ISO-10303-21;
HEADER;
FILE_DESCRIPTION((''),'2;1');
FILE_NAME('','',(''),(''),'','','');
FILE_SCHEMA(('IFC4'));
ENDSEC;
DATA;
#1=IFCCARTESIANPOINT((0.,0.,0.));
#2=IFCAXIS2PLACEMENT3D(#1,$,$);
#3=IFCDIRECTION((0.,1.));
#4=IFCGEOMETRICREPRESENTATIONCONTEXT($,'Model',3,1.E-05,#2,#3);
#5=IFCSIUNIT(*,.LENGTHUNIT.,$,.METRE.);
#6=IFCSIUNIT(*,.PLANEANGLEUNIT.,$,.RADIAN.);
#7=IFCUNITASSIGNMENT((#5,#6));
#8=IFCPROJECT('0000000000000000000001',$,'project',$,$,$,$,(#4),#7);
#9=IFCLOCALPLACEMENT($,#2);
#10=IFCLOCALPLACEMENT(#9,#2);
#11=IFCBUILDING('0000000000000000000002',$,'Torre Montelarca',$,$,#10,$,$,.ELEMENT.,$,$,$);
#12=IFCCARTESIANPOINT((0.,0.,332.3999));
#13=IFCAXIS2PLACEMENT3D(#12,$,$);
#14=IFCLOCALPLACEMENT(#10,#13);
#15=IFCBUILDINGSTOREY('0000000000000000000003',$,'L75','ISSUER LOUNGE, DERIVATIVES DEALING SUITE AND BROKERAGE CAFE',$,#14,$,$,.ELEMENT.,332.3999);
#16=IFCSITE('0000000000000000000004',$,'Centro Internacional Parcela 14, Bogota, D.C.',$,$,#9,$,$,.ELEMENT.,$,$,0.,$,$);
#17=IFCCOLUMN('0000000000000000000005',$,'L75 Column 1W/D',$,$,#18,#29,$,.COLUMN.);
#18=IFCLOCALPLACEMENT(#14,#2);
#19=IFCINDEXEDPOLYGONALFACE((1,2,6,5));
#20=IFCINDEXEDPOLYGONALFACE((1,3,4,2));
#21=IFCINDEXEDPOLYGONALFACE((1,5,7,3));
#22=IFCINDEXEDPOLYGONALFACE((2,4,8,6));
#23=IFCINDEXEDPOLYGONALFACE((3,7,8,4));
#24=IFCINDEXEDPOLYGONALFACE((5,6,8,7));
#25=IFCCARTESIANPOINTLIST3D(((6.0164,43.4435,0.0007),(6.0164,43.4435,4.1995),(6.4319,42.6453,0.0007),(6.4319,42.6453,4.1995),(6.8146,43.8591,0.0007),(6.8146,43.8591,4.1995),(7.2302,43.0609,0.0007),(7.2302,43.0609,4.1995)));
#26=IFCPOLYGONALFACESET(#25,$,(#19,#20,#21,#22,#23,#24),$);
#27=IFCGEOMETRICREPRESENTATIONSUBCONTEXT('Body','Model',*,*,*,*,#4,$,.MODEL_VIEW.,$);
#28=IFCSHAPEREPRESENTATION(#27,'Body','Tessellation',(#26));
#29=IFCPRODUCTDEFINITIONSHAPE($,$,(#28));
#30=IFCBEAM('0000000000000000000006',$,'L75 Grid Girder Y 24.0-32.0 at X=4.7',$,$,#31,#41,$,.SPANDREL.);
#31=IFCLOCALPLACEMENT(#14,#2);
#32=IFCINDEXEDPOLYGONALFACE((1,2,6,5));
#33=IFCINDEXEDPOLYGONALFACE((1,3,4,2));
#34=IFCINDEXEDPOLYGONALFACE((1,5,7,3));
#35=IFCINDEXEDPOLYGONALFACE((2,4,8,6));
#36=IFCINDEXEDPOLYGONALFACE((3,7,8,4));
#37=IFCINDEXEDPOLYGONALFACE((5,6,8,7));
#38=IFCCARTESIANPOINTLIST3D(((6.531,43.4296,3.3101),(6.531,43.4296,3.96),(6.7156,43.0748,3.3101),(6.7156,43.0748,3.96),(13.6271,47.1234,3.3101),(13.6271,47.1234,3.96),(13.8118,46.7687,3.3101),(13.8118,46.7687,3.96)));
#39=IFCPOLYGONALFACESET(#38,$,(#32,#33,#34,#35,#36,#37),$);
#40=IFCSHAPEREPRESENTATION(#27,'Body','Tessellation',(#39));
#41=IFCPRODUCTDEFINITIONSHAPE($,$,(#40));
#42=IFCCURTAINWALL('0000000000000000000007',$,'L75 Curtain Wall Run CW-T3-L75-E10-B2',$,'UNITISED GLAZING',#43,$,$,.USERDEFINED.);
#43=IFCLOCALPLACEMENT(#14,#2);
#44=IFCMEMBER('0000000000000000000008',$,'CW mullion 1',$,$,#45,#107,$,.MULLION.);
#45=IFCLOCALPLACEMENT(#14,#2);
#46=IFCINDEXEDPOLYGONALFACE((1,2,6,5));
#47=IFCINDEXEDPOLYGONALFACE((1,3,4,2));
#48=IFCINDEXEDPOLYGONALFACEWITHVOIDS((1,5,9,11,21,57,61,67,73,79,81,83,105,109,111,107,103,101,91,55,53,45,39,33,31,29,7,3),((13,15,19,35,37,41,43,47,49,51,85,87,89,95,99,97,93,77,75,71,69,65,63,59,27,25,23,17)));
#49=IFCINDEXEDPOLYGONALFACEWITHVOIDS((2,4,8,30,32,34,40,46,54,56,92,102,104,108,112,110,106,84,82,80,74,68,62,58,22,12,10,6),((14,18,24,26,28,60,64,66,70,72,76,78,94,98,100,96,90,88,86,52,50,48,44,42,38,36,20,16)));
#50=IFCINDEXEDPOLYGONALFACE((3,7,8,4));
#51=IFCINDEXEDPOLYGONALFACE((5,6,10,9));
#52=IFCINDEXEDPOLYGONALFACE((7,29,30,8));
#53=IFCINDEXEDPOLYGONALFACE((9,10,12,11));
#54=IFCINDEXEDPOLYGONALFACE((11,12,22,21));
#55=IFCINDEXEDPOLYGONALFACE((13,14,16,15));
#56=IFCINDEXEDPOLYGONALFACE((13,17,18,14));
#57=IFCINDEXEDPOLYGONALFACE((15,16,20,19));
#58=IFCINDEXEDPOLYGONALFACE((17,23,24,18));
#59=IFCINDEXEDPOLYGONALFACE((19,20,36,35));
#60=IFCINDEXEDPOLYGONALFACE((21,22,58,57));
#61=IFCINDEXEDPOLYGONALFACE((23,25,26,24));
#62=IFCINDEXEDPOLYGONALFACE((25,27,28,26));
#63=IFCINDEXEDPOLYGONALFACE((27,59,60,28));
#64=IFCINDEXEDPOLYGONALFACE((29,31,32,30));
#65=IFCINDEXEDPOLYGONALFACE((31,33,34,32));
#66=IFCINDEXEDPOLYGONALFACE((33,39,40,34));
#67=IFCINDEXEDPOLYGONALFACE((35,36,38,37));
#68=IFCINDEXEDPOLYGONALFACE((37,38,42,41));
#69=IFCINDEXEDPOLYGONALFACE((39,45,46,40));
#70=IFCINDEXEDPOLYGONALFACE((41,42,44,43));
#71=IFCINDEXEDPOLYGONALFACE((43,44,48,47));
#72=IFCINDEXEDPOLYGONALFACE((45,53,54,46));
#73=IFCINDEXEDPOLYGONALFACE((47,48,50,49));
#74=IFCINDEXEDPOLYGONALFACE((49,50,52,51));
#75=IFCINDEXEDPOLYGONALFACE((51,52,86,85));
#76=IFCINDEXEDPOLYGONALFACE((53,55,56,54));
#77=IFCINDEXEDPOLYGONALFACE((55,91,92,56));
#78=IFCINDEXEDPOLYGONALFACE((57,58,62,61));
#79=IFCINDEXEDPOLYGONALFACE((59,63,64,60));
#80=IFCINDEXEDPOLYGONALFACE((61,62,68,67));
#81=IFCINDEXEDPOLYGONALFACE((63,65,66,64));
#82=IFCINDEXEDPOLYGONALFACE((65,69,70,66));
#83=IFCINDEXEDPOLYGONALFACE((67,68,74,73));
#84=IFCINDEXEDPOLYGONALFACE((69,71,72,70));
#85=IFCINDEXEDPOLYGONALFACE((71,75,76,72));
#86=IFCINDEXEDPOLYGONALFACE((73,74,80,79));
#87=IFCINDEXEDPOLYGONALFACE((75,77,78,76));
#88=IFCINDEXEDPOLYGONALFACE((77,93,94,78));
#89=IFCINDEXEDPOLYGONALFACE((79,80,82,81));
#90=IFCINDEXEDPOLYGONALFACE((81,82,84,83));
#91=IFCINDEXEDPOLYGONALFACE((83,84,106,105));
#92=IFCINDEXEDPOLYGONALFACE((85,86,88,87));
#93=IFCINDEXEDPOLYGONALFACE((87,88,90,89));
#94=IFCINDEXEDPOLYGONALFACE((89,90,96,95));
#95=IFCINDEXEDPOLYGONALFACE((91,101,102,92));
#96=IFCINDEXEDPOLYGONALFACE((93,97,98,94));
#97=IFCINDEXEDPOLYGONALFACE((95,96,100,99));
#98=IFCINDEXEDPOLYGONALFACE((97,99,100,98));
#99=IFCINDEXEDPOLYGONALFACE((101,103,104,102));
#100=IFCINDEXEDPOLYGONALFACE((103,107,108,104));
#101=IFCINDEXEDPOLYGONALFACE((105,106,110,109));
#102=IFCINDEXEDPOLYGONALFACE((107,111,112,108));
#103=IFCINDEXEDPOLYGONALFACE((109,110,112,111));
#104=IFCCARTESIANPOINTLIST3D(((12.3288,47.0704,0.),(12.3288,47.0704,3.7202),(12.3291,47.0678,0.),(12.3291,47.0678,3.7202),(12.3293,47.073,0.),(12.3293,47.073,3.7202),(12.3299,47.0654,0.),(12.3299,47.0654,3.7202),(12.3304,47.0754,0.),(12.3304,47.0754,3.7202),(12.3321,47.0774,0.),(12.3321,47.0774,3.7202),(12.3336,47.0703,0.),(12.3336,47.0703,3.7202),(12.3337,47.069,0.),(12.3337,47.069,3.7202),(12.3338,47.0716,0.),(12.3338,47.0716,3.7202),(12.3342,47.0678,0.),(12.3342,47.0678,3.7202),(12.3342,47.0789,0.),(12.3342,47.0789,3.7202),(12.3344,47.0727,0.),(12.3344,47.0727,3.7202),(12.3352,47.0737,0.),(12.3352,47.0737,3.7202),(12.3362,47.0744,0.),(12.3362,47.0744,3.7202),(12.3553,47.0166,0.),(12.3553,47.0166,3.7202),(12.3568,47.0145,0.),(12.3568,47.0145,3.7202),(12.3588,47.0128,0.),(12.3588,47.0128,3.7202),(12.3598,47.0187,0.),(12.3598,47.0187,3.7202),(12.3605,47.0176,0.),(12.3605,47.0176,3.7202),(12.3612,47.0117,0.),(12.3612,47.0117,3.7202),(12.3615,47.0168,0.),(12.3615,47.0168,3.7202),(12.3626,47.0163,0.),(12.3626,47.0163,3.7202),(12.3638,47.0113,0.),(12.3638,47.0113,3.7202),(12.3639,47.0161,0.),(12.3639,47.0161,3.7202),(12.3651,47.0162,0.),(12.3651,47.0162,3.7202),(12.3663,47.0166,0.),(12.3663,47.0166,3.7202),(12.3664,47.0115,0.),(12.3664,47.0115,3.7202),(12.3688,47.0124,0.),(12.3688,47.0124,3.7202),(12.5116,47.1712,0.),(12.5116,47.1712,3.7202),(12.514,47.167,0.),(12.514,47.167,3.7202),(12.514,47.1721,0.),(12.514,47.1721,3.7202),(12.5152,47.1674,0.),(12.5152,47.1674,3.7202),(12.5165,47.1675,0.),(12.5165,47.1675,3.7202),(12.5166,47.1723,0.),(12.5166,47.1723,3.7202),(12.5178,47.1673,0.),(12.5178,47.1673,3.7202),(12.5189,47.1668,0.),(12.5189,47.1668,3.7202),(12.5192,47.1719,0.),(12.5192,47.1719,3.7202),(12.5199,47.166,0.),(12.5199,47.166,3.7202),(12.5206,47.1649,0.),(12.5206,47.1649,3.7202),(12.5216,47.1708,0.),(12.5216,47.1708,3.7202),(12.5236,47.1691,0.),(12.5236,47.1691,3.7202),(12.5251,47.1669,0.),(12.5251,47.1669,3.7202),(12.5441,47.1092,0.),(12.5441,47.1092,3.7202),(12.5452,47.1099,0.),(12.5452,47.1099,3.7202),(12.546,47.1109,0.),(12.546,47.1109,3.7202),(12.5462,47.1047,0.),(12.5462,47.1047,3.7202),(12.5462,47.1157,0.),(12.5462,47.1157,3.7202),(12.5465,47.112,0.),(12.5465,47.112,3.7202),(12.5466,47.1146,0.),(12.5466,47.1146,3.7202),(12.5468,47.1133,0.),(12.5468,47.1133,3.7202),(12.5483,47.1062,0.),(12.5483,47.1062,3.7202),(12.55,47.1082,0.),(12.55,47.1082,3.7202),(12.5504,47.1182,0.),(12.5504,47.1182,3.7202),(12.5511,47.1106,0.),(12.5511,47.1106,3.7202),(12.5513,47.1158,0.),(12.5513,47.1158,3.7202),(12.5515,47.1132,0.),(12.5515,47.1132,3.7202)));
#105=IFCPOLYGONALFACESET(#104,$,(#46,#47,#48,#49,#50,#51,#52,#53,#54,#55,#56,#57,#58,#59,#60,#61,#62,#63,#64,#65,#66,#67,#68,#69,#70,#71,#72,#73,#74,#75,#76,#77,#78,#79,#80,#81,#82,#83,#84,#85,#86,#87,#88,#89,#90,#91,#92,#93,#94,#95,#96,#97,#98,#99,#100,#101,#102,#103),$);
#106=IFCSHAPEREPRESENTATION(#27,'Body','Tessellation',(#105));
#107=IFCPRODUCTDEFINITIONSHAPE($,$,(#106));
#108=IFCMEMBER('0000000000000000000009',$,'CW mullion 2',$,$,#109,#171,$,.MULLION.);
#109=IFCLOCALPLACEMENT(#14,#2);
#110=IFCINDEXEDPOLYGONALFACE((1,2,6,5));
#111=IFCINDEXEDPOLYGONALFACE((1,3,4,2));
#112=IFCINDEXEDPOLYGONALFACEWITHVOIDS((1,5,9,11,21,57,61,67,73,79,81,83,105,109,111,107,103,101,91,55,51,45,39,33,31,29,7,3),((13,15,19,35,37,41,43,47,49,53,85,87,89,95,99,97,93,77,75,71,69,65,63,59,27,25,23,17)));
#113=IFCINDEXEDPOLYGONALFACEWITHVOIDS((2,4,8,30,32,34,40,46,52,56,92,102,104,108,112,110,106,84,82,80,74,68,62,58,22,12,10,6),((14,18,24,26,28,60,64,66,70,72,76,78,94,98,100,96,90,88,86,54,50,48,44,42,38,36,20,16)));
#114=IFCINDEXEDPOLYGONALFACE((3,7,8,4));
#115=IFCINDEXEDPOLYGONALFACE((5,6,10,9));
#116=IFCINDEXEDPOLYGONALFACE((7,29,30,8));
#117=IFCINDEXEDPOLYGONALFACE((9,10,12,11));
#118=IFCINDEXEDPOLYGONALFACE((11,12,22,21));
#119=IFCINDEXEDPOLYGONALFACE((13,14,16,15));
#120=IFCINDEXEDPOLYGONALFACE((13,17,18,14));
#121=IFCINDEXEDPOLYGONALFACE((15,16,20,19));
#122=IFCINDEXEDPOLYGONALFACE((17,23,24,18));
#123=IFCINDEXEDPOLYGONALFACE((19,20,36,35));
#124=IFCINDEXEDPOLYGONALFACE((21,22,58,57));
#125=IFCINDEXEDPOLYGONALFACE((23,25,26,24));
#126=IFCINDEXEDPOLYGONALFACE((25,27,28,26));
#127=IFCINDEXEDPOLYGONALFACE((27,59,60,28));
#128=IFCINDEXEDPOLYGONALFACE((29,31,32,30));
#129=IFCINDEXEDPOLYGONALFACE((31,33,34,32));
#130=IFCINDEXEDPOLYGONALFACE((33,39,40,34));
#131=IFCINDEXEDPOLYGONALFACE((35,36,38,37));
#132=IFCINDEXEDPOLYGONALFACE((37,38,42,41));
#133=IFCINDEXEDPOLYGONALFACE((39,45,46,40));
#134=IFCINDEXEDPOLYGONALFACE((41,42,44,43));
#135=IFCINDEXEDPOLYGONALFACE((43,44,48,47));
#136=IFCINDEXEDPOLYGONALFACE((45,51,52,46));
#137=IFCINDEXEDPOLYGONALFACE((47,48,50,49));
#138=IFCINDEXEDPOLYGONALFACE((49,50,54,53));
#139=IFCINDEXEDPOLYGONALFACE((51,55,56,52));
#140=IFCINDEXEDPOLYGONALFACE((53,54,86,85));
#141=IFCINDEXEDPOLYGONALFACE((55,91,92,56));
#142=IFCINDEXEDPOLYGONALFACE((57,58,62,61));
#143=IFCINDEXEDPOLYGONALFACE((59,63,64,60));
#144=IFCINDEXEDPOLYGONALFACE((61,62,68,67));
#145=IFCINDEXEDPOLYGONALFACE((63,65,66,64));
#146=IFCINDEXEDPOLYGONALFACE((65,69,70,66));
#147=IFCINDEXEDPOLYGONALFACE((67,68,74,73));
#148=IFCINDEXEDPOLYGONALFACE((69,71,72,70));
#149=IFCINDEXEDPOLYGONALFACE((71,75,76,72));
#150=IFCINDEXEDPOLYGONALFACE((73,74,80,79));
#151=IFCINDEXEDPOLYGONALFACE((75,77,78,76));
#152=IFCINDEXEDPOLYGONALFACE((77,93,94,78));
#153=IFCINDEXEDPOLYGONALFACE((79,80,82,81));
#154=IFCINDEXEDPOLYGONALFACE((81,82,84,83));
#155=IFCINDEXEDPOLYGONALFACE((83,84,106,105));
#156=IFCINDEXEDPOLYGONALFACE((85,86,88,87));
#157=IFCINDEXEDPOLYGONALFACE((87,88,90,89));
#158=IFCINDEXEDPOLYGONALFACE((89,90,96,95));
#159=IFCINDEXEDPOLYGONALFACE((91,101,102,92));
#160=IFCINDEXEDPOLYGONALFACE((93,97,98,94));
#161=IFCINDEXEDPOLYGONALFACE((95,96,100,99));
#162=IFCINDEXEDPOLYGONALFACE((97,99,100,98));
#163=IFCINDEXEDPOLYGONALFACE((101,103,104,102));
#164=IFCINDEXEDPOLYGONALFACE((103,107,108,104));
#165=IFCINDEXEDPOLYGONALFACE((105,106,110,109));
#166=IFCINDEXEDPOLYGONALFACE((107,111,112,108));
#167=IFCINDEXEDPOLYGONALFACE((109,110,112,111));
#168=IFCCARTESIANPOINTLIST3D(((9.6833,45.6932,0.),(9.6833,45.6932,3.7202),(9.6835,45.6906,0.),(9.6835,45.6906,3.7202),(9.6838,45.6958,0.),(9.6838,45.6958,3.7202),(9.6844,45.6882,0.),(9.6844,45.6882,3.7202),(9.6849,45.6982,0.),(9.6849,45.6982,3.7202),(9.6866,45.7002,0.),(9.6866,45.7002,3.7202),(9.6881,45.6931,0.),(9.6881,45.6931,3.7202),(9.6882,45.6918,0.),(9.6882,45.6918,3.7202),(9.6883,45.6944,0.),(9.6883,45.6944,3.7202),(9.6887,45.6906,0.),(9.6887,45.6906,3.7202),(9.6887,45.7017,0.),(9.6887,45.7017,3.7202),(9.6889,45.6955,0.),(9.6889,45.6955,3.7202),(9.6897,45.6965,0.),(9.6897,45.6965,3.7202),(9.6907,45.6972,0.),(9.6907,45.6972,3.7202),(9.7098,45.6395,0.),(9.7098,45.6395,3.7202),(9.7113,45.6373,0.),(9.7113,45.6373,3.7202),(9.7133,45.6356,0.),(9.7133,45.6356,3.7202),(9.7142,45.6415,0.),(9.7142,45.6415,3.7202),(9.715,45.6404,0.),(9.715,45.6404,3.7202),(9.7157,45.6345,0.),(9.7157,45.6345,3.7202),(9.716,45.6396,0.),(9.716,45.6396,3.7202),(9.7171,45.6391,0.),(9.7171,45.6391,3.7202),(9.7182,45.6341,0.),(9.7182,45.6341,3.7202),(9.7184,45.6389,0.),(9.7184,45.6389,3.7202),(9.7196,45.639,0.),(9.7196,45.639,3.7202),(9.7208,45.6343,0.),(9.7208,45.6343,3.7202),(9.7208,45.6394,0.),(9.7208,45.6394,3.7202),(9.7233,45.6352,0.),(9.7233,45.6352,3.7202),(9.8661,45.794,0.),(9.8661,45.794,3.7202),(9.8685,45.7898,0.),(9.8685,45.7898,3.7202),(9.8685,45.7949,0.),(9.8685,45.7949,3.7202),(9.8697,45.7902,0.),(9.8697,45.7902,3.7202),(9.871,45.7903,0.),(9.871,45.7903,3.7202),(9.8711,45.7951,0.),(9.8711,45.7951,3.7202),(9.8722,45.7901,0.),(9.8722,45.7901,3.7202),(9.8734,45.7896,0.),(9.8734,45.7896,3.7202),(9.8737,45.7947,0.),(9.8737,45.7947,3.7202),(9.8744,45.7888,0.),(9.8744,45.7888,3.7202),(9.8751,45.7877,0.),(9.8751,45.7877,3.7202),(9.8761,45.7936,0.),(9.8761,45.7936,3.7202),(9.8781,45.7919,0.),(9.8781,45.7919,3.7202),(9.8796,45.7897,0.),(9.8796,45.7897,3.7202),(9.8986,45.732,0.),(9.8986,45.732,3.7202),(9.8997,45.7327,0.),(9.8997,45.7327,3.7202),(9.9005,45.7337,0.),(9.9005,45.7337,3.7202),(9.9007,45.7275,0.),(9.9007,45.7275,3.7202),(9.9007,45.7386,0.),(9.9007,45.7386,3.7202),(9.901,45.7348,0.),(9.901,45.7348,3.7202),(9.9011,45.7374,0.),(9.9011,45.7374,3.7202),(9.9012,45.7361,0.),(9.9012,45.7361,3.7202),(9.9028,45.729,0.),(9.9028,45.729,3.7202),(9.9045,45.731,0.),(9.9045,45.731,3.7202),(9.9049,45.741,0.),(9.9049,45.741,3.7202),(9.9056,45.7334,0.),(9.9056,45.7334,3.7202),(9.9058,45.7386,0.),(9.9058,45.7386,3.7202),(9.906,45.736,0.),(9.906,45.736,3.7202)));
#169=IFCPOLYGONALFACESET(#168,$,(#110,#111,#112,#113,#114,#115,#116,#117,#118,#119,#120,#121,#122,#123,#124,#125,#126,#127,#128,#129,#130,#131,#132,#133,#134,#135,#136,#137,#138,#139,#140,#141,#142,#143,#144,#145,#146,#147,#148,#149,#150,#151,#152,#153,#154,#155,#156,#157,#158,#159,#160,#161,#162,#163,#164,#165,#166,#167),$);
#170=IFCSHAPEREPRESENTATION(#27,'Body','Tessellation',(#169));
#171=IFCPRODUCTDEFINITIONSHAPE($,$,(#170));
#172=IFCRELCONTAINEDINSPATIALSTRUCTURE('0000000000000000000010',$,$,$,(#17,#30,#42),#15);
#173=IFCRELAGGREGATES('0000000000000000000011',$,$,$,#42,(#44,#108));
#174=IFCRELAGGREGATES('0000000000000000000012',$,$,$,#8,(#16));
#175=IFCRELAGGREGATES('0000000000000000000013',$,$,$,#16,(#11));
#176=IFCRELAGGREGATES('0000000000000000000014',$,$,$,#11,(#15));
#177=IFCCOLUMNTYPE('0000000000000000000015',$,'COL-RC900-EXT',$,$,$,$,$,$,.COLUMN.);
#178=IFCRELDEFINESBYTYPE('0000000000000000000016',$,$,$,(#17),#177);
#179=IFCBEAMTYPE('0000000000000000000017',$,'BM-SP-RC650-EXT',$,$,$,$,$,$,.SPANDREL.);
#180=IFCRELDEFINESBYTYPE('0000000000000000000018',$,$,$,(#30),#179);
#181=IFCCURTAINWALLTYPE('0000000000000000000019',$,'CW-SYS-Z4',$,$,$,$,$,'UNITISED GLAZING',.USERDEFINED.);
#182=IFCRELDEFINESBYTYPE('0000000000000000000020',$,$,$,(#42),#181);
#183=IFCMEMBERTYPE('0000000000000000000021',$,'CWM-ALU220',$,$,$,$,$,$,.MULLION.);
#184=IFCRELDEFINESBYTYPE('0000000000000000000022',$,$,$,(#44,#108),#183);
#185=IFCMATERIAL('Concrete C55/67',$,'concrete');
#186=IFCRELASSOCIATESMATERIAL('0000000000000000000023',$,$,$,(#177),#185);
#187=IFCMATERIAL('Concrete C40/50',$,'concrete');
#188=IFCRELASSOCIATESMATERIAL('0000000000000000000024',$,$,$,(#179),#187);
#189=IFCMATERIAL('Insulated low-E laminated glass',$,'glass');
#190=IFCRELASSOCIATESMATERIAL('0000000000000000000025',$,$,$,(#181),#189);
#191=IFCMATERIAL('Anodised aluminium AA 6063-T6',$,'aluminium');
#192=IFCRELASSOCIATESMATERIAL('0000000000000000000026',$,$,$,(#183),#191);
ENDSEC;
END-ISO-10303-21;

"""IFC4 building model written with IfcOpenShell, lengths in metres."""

from ifc_helpers import new_model, si_unit, direction, frame, origin, origin_2d, place, context, subcontext, project, spatial, rectangle, hollow_rectangle, extrude, source, transform, mapped, material, material_profile, profile_set, type_object, element, aggregate, save


model = new_model("IFC4")

# Units and contexts
model_context = context("Model", 3, precision=1e-05, world=origin(), true_north=direction((0.0, 1.0)))
body_context = subcontext(model_context, "Body", "Model", "MODEL_VIEW")
ifc_project = project(units=[si_unit("LENGTHUNIT", "METRE"), si_unit("PLANEANGLEUNIT", "RADIAN")], contexts=[model_context])

# Site, building, storey
site_placement = place(None, origin())
site = spatial("IfcSite", under=ifc_project, at=site_placement, Name="Centro Internacional Parcela 14, Bogota, D.C.", CompositionType="ELEMENT", RefElevation=0.0)
building_placement = place(site_placement, origin())
building = spatial("IfcBuilding", under=site, at=building_placement, Name="Torre Montelarca", CompositionType="ELEMENT")
storey_placement = place(building_placement, frame((0.0, 0.0, 332.3999)))
storey = spatial("IfcBuildingStorey", under=building, at=storey_placement, Name="L75", Description="ISSUER LOUNGE, DERIVATIVES DEALING SUITE AND BROKERAGE CAFE", CompositionType="ELEMENT", Elevation=332.3999)

# Column
ifc_material_1 = material(Name="Concrete C55/67", Category="concrete")
ifc_material_profile_1 = material_profile(ifc_material_1, rectangle(XDim=0.8999, YDim=0.8999, at=origin_2d()), Name="RC900X900", Category="concrete")
ifc_profile_set_1 = profile_set([ifc_material_profile_1], Name="Concrete C55/67")
column_type = type_object("IfcColumnType", Name="COL-RC900-EXT", PredefinedType="COLUMN", material=ifc_profile_set_1)
shared_shape_1 = source(origin(), body_context, "Body", "SweptSolid", [
    extrude(rectangle(XDim=0.8999, YDim=0.8999, at=origin_2d()), origin(), (0.0, 0.0, 1.0), 4.1987),
])
column_placement = place(storey_placement, frame((6.6233, 43.2522, 0.0007), z_axis=(0.0, 0.0, 1.0), x_axis=(-0.461749, 0.887011, 0.0)))
element("IfcColumn", 1, at=column_placement, inside=storey, type_object=column_type, Name="L75 Column 1W/D", PredefinedType="COLUMN", context=body_context, shape_type="MappedRepresentation", body=[
    mapped(shared_shape_1, transform((0.0, 0.0, 0.0), scale=1.0)),
])

# Beam
ifc_material_2 = material(Name="Concrete C40/50", Category="concrete")
ifc_material_profile_2 = material_profile(ifc_material_2, rectangle(XDim=0.3999, YDim=0.6499, at=origin_2d()), Name="RCB400X650", Category="concrete")
ifc_profile_set_2 = profile_set([ifc_material_profile_2], Name="Concrete C40/50")
beam_type = type_object("IfcBeamType", Name="BM-SP-RC650-EXT", PredefinedType="SPANDREL", material=ifc_profile_set_2)
shared_shape_2 = source(origin(), body_context, "Body", "SweptSolid", [
    extrude(rectangle(XDim=0.3999, YDim=0.6499, at=origin_2d()), origin(), (0.0, 0.0, 1.0), 8.0),
])
beam_placement = place(storey_placement, frame((6.6233, 43.2522, 3.635), z_axis=(0.887021, 0.461729, 0.0), x_axis=(-0.461729, 0.887021, 0.0)))
element("IfcBeam", 2, at=beam_placement, inside=storey, type_object=beam_type, Name="L75 Grid Girder Y 24.0-32.0 at X=4.7", PredefinedType="SPANDREL", context=body_context, shape_type="MappedRepresentation", body=[
    mapped(shared_shape_2, transform((0.0, 0.0, 0.0), scale=1.0)),
])

# Curtain wall, members
ifc_material_3 = material(Name="Insulated low-E laminated glass", Category="glass")
curtain_wall_type = type_object("IfcCurtainWallType", Name="CW-SYS-Z4", ElementType="UNITISED GLAZING", PredefinedType="USERDEFINED", material=ifc_material_3)
curtain_wall_1_placement = place(storey_placement, origin())
curtain_wall_1 = element("IfcCurtainWall", 3, at=curtain_wall_1_placement, inside=storey, type_object=curtain_wall_type, Name="L75 Curtain Wall Run CW-T3-L75-E10-B2", ObjectType="UNITISED GLAZING", PredefinedType="USERDEFINED")
ifc_material_4 = material(Name="Anodised aluminium AA 6063-T6", Category="aluminium")
ifc_material_profile_3 = material_profile(ifc_material_4, hollow_rectangle(XDim=0.075, YDim=0.22, WallThickness=0.0049, InnerFilletRadius=0.0049, OuterFilletRadius=0.01, at=origin_2d()), Name="ALU75X220X5", Category="aluminium")
ifc_profile_set_3 = profile_set([ifc_material_profile_3], Name="Anodised aluminium AA 6063-T6")
member_type_1 = type_object("IfcMemberType", Name="CWM-ALU220", PredefinedType="MULLION", material=ifc_profile_set_3)
shared_shape_3 = source(origin(), body_context, "Body", "SweptSolid", [
    extrude(hollow_rectangle(XDim=0.075, YDim=0.22, WallThickness=0.0049, InnerFilletRadius=0.0049, OuterFilletRadius=0.01, at=origin_2d()), origin(), (0.0, 0.0, 1.0), 3.7202),
])
member_1_placement = place(storey_placement, frame((12.4402, 47.0918, 0.0), z_axis=(0.0, 0.0, 1.0), x_axis=(0.461757, -0.887007, 0.0)))
member_1 = element("IfcMember", 4, at=member_1_placement, type_object=member_type_1, Name="CW mullion 1", PredefinedType="MULLION", context=body_context, shape_type="MappedRepresentation", body=[
    mapped(shared_shape_3, transform((0.0, 0.0, 0.0), scale=1.0)),
])
member_2_placement = place(storey_placement, frame((9.7947, 45.7146, 0.0), z_axis=(0.0, 0.0, 1.0), x_axis=(0.461757, -0.887007, 0.0)))
member_2 = element("IfcMember", 5, at=member_2_placement, type_object=member_type_1, Name="CW mullion 2", PredefinedType="MULLION", context=body_context, shape_type="MappedRepresentation", body=[
    mapped(shared_shape_3, transform((0.0, 0.0, 0.0), scale=1.0)),
])

aggregate(curtain_wall_1, [member_1, member_2])

save(model, "model.ifc")
